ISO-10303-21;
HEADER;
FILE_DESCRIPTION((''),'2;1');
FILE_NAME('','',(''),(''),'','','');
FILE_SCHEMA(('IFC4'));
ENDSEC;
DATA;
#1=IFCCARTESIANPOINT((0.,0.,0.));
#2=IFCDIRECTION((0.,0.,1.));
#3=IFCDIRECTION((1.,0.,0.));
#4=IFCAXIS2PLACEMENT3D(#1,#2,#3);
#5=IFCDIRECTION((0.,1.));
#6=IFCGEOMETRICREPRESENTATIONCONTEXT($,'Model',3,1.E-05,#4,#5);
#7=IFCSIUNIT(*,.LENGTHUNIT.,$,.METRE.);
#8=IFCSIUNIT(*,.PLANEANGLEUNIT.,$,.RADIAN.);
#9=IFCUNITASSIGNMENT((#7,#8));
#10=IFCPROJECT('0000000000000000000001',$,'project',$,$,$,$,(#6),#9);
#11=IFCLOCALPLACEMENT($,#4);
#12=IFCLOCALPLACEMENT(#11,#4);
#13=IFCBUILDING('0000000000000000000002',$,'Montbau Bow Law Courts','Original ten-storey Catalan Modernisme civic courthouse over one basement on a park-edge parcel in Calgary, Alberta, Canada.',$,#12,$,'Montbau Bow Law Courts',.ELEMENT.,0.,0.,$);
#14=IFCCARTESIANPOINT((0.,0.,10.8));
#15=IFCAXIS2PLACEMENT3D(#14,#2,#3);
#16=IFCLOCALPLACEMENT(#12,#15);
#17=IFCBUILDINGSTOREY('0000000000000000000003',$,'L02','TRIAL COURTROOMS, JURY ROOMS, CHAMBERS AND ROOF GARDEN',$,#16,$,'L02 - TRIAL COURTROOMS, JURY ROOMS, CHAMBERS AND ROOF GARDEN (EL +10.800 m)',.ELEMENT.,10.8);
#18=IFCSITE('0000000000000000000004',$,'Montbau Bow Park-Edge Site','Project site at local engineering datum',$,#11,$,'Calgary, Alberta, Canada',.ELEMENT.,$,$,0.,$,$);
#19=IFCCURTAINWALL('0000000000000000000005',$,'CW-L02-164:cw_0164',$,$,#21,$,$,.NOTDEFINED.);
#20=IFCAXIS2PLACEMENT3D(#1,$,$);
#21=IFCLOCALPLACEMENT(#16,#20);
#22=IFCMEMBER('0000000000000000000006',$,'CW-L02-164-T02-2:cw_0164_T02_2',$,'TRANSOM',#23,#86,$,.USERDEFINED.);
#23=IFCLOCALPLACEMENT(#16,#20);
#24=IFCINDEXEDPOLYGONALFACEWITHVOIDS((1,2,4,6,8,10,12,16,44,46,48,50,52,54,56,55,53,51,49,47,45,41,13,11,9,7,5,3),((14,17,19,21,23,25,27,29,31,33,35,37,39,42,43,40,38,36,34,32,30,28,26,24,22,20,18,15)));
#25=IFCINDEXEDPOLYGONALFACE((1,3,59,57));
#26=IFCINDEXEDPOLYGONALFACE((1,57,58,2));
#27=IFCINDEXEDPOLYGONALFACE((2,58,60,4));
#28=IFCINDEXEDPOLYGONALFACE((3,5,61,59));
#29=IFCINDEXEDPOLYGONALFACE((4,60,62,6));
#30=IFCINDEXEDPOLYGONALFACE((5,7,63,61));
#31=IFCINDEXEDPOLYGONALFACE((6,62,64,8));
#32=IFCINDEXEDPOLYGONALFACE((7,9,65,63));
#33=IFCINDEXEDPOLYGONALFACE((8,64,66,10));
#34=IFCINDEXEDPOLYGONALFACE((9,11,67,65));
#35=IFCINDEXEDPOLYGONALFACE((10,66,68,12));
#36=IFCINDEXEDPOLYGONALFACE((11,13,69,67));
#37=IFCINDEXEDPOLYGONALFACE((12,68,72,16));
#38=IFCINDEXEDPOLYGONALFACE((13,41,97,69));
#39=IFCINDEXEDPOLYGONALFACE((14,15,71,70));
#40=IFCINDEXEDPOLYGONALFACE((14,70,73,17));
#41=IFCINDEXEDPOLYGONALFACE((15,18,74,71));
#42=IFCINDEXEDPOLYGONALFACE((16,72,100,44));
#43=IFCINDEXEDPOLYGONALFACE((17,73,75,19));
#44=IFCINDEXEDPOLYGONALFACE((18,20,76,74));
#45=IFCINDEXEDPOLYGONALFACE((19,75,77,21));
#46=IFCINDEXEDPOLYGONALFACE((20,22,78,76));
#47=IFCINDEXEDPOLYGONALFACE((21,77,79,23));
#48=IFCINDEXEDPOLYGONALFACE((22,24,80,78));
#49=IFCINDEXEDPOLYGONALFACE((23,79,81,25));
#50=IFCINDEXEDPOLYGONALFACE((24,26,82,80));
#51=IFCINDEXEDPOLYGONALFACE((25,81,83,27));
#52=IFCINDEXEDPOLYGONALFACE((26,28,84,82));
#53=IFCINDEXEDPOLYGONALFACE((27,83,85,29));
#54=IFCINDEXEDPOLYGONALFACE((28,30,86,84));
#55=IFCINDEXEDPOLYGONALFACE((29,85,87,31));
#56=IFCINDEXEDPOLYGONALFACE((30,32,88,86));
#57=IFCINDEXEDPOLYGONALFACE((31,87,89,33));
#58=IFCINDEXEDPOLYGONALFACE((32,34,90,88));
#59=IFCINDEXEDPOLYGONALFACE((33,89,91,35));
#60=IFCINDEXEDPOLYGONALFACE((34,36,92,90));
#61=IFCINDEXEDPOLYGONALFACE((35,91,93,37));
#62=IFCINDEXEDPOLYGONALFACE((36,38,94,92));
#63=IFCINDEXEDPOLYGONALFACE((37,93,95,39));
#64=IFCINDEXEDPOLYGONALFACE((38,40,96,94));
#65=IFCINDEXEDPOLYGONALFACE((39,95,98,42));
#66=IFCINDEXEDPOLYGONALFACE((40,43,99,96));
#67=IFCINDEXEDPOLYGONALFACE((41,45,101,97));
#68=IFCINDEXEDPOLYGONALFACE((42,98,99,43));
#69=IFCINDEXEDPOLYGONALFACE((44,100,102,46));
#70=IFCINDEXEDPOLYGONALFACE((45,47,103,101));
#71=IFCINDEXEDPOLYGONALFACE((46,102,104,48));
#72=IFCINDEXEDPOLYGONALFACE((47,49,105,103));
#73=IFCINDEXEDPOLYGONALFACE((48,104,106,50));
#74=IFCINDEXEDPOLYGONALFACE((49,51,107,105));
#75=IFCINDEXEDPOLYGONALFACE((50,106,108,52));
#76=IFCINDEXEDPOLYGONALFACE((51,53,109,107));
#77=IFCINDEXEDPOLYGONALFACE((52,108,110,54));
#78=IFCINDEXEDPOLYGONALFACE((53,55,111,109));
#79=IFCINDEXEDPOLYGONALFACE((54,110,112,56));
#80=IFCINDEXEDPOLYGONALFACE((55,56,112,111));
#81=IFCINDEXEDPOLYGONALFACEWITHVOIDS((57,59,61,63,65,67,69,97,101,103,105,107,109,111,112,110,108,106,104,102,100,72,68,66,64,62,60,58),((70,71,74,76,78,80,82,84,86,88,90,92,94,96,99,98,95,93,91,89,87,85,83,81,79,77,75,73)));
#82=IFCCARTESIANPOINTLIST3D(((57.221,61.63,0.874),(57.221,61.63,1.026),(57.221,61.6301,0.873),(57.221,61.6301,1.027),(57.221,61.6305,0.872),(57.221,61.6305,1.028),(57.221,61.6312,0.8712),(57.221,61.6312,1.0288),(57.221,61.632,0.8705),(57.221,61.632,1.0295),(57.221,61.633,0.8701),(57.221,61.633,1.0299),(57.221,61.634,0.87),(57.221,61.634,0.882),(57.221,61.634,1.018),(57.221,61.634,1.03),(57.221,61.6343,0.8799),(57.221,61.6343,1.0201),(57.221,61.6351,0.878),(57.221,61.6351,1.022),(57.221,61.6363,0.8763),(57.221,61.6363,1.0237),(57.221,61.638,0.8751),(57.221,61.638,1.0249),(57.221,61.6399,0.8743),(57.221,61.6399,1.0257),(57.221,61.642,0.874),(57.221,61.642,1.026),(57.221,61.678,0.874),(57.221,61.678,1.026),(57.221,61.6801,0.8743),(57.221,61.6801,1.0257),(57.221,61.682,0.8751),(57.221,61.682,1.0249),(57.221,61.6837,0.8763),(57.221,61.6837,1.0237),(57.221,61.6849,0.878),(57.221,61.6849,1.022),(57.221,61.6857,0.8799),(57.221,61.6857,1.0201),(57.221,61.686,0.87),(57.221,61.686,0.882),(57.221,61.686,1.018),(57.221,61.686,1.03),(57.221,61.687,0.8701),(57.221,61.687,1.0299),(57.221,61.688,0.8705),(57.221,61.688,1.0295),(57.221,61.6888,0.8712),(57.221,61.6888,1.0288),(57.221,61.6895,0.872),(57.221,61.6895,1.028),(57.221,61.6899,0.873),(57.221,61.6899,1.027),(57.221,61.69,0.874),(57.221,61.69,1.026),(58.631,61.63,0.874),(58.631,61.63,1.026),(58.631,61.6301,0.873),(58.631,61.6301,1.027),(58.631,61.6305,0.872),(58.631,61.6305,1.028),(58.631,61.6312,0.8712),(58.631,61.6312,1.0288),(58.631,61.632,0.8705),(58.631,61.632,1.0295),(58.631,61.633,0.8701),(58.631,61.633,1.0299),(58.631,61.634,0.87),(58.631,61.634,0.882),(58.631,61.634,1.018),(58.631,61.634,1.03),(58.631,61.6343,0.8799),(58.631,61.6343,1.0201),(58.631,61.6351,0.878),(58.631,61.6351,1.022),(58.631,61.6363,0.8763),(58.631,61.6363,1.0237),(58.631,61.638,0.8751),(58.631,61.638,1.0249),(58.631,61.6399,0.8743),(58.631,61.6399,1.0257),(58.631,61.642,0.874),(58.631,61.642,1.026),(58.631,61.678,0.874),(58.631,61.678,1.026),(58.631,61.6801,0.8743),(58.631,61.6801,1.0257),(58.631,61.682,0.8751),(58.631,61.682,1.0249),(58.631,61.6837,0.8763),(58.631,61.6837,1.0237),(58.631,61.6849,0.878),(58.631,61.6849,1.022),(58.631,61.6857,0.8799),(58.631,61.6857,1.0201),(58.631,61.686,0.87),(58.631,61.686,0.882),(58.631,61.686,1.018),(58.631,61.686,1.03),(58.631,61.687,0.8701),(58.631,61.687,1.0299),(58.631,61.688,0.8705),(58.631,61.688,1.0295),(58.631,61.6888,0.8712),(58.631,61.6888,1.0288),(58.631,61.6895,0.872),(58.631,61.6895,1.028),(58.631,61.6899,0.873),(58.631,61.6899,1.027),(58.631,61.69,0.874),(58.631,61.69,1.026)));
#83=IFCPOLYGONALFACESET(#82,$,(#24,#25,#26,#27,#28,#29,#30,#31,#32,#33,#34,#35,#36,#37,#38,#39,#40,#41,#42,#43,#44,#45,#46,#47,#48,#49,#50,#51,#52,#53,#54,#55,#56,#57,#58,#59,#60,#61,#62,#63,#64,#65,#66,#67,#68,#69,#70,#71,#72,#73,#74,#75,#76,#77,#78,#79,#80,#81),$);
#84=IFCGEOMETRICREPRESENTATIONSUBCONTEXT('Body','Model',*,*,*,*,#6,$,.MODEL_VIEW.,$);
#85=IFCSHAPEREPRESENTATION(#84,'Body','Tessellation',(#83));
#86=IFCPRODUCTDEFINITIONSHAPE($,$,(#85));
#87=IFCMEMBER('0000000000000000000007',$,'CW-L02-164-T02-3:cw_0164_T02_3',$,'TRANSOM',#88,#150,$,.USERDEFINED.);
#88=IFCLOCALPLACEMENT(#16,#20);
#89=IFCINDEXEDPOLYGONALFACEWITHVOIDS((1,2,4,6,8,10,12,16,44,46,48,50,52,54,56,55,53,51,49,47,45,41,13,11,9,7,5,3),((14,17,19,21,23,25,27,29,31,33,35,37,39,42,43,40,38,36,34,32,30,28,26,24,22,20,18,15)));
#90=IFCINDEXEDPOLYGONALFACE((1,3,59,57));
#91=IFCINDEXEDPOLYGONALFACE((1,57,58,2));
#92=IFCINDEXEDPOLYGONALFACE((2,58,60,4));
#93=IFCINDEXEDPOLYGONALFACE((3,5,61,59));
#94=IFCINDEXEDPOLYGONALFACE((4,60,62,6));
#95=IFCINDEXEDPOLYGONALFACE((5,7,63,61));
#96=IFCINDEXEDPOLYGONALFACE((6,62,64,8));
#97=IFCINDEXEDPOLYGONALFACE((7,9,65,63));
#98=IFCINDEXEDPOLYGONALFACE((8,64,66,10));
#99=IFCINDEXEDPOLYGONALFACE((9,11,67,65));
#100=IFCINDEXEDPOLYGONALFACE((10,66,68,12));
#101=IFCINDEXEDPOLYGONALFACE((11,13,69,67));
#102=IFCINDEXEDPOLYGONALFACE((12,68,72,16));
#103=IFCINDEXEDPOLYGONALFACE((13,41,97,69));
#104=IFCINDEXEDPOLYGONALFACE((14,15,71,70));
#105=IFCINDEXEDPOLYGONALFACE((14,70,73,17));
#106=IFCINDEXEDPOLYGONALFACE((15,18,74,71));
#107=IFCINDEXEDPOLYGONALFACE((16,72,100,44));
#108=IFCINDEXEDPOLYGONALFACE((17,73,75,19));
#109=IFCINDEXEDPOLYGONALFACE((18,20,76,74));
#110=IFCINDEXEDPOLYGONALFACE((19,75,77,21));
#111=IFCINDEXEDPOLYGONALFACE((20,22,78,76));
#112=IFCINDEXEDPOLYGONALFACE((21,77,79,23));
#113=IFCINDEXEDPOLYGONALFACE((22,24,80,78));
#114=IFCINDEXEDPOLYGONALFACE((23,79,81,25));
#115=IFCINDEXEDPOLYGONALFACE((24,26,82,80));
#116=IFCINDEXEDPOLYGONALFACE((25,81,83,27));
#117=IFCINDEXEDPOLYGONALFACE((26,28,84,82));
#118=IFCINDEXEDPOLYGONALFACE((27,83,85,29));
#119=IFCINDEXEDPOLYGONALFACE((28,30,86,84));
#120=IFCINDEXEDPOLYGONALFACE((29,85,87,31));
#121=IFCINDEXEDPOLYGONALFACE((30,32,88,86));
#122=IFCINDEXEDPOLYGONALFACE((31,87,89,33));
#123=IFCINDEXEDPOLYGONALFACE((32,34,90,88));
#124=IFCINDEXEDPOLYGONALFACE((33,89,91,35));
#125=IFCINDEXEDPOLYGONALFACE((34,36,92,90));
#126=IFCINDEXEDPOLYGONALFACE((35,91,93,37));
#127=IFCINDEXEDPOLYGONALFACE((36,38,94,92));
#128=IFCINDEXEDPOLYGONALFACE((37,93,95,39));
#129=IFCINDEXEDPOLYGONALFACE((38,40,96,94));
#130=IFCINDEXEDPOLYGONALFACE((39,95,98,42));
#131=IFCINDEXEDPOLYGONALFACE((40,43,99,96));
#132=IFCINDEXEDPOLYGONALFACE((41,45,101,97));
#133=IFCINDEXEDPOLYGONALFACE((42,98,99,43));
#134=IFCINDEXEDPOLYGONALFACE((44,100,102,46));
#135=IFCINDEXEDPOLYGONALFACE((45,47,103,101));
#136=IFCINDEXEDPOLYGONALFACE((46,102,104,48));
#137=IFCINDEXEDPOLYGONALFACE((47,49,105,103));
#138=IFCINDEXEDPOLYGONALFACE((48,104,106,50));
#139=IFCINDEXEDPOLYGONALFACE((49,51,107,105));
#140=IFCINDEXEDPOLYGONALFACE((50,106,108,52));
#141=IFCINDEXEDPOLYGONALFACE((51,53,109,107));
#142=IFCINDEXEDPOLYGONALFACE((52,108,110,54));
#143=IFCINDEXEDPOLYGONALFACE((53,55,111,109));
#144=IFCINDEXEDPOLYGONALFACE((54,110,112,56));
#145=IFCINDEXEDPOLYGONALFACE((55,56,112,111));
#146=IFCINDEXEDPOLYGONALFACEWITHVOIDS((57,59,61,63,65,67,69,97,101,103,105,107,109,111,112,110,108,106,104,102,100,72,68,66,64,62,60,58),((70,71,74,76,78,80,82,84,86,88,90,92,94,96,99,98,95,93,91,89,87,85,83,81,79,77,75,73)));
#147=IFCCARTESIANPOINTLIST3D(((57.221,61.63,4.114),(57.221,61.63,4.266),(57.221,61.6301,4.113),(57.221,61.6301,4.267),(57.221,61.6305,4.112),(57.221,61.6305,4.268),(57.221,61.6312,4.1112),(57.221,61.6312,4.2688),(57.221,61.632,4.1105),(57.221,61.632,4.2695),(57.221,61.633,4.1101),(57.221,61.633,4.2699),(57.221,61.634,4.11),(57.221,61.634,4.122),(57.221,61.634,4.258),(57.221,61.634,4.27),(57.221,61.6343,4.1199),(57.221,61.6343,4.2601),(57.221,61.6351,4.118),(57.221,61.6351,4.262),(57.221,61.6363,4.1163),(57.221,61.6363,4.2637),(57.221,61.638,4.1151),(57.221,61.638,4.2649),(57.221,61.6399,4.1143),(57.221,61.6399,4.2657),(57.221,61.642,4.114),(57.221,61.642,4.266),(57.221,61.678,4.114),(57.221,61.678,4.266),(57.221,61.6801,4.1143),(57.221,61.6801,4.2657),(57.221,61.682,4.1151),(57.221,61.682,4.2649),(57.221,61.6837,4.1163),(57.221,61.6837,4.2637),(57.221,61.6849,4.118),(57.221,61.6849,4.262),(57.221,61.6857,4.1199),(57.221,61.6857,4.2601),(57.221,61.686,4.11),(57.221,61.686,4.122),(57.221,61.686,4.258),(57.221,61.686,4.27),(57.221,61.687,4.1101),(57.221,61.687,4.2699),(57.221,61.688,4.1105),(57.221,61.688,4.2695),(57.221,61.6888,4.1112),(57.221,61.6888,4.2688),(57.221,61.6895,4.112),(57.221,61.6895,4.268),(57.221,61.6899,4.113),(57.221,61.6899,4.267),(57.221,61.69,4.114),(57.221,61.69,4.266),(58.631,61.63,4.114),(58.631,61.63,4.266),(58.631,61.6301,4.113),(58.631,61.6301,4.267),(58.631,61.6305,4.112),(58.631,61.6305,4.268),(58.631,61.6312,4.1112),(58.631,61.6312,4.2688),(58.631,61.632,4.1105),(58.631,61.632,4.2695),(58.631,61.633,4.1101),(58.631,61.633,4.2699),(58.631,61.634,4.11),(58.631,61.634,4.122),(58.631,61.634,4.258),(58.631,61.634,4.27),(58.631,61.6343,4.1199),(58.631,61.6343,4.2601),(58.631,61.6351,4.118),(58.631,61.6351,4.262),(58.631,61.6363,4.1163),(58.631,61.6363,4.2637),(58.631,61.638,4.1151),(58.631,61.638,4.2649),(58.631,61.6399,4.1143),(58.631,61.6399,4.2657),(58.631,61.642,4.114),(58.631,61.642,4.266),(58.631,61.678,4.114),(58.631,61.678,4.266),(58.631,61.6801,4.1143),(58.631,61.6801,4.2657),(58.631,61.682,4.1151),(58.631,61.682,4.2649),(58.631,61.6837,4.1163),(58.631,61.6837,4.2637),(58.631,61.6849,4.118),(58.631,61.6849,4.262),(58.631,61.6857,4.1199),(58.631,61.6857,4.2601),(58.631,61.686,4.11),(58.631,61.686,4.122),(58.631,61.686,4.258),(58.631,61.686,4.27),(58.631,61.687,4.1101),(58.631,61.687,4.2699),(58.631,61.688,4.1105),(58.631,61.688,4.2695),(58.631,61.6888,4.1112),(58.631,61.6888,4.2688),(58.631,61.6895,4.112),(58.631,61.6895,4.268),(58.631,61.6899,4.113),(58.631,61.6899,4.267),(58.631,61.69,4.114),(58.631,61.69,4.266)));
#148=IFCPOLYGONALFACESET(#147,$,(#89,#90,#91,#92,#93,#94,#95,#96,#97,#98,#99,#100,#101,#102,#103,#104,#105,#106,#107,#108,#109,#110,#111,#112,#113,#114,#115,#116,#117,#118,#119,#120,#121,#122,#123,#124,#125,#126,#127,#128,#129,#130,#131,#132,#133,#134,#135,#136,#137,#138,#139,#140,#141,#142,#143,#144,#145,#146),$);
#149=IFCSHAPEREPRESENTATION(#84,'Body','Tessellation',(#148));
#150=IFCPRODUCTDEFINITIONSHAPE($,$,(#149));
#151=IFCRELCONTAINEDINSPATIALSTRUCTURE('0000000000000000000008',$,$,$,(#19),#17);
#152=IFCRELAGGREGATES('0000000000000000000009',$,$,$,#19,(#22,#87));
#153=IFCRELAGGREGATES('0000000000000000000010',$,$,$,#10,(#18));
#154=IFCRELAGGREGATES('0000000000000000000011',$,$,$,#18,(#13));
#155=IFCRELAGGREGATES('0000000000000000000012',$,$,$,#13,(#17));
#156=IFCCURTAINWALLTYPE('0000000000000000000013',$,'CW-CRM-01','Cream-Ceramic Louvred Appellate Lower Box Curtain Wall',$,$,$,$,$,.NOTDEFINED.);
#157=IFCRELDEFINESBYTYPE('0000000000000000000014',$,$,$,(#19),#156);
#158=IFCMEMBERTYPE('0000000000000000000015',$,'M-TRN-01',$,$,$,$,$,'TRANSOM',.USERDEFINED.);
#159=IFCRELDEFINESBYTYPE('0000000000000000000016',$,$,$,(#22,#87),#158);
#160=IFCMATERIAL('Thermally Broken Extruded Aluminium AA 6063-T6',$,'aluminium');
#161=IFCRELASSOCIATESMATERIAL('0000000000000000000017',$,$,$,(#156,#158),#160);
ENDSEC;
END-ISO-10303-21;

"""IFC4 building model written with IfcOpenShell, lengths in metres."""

from ifc_helpers import new_model, si_unit, direction, frame, origin_with_axes, origin_2d_with_axis, place, context, subcontext, project, spatial, hollow_rectangle, extrude, material, material_profile, profile_set, type_object, element, aggregate, save


model = new_model("IFC4")

# Units and contexts
model_context = context("Model", 3, precision=1e-05, world=origin_with_axes(), true_north=direction((0.0, 1.0)))
body_context = subcontext(model_context, "Body", "Model", "MODEL_VIEW")
ifc_project = project(units=[si_unit("LENGTHUNIT", "METRE"), si_unit("PLANEANGLEUNIT", "RADIAN")], contexts=[model_context])

# Site, building, storey
site_placement = place(None, origin_with_axes())
site = spatial("IfcSite", under=ifc_project, at=site_placement, Name="Montbau Bow Park-Edge Site", Description="Project site at local engineering datum", LongName="Calgary, Alberta, Canada", CompositionType="ELEMENT", RefElevation=0.0)
building_placement = place(site_placement, origin_with_axes())
building = spatial("IfcBuilding", under=site, at=building_placement, Name="Montbau Bow Law Courts", Description="Original ten-storey Catalan Modernisme civic courthouse over one basement on a park-edge parcel in Calgary, Alberta, Canada.", LongName="Montbau Bow Law Courts", CompositionType="ELEMENT", ElevationOfRefHeight=0.0, ElevationOfTerrain=0.0)
storey_placement = place(building_placement, frame((0.0, 0.0, 10.8), z_axis=(0.0, 0.0, 1.0), x_axis=(1.0, 0.0, 0.0)))
storey = spatial("IfcBuildingStorey", under=building, at=storey_placement, Name="L02", Description="TRIAL COURTROOMS, JURY ROOMS, CHAMBERS AND ROOF GARDEN", LongName="L02 - TRIAL COURTROOMS, JURY ROOMS, CHAMBERS AND ROOF GARDEN (EL +10.800 m)", CompositionType="ELEMENT", Elevation=10.8)

# Curtain wall, members
ifc_material_1 = material(Name="Thermally Broken Extruded Aluminium AA 6063-T6", Category="aluminium")
curtain_wall_type = type_object("IfcCurtainWallType", Name="CW-CRM-01", Description="Cream-Ceramic Louvred Appellate Lower Box Curtain Wall", PredefinedType="NOTDEFINED", material=ifc_material_1)
curtain_wall_1_placement = place(None, frame((55.715, 61.66, 10.8), z_axis=(0.0, 0.0, 1.0), x_axis=(1.0, 0.0, 0.0)))
curtain_wall_1 = element("IfcCurtainWall", 1, at=curtain_wall_1_placement, inside=storey, type_object=curtain_wall_type, Name="CW-L02-164:cw_0164", PredefinedType="NOTDEFINED")
ifc_material_profile_1 = material_profile(ifc_material_1, hollow_rectangle(XDim=0.06, YDim=0.16, WallThickness=0.004, InnerFilletRadius=0.008, OuterFilletRadius=0.004, at=origin_2d_with_axis()), Name="CWT-160X60", Category="Main", Priority=0)
ifc_profile_set_1 = profile_set([ifc_material_profile_1], Name="Thermally Broken Extruded Aluminium AA 6063-T6")
member_type_1 = type_object("IfcMemberType", Name="M-TRN-01", ElementType="TRANSOM", PredefinedType="USERDEFINED", material=ifc_profile_set_1)
member_1_placement = place(None, frame((57.221, 61.66, 11.75), z_axis=(1.0, 0.0, 0.0), x_axis=(0.0, 1.0, 0.0)))
member_1 = element("IfcMember", 2, at=member_1_placement, type_object=member_type_1, Name="CW-L02-164-T02-2:cw_0164_T02_2", ObjectType="TRANSOM", PredefinedType="USERDEFINED", context=body_context, shape_type="SweptSolid", body=[
    extrude(hollow_rectangle(XDim=0.06, YDim=0.16, WallThickness=0.004, InnerFilletRadius=0.008, OuterFilletRadius=0.004, at=origin_2d_with_axis()), origin_with_axes(), (0.0, 0.0, 1.0), 1.41),
])
member_2_placement = place(None, frame((57.221, 61.66, 14.99), z_axis=(1.0, 0.0, 0.0), x_axis=(0.0, 1.0, 0.0)))
member_2 = element("IfcMember", 3, at=member_2_placement, type_object=member_type_1, Name="CW-L02-164-T02-3:cw_0164_T02_3", ObjectType="TRANSOM", PredefinedType="USERDEFINED", context=body_context, shape_type="SweptSolid", body=[
    extrude(hollow_rectangle(XDim=0.06, YDim=0.16, WallThickness=0.004, InnerFilletRadius=0.008, OuterFilletRadius=0.004, at=origin_2d_with_axis()), origin_with_axes(), (0.0, 0.0, 1.0), 1.41),
])

aggregate(curtain_wall_1, [member_1, member_2])

save(model, "model.ifc")
